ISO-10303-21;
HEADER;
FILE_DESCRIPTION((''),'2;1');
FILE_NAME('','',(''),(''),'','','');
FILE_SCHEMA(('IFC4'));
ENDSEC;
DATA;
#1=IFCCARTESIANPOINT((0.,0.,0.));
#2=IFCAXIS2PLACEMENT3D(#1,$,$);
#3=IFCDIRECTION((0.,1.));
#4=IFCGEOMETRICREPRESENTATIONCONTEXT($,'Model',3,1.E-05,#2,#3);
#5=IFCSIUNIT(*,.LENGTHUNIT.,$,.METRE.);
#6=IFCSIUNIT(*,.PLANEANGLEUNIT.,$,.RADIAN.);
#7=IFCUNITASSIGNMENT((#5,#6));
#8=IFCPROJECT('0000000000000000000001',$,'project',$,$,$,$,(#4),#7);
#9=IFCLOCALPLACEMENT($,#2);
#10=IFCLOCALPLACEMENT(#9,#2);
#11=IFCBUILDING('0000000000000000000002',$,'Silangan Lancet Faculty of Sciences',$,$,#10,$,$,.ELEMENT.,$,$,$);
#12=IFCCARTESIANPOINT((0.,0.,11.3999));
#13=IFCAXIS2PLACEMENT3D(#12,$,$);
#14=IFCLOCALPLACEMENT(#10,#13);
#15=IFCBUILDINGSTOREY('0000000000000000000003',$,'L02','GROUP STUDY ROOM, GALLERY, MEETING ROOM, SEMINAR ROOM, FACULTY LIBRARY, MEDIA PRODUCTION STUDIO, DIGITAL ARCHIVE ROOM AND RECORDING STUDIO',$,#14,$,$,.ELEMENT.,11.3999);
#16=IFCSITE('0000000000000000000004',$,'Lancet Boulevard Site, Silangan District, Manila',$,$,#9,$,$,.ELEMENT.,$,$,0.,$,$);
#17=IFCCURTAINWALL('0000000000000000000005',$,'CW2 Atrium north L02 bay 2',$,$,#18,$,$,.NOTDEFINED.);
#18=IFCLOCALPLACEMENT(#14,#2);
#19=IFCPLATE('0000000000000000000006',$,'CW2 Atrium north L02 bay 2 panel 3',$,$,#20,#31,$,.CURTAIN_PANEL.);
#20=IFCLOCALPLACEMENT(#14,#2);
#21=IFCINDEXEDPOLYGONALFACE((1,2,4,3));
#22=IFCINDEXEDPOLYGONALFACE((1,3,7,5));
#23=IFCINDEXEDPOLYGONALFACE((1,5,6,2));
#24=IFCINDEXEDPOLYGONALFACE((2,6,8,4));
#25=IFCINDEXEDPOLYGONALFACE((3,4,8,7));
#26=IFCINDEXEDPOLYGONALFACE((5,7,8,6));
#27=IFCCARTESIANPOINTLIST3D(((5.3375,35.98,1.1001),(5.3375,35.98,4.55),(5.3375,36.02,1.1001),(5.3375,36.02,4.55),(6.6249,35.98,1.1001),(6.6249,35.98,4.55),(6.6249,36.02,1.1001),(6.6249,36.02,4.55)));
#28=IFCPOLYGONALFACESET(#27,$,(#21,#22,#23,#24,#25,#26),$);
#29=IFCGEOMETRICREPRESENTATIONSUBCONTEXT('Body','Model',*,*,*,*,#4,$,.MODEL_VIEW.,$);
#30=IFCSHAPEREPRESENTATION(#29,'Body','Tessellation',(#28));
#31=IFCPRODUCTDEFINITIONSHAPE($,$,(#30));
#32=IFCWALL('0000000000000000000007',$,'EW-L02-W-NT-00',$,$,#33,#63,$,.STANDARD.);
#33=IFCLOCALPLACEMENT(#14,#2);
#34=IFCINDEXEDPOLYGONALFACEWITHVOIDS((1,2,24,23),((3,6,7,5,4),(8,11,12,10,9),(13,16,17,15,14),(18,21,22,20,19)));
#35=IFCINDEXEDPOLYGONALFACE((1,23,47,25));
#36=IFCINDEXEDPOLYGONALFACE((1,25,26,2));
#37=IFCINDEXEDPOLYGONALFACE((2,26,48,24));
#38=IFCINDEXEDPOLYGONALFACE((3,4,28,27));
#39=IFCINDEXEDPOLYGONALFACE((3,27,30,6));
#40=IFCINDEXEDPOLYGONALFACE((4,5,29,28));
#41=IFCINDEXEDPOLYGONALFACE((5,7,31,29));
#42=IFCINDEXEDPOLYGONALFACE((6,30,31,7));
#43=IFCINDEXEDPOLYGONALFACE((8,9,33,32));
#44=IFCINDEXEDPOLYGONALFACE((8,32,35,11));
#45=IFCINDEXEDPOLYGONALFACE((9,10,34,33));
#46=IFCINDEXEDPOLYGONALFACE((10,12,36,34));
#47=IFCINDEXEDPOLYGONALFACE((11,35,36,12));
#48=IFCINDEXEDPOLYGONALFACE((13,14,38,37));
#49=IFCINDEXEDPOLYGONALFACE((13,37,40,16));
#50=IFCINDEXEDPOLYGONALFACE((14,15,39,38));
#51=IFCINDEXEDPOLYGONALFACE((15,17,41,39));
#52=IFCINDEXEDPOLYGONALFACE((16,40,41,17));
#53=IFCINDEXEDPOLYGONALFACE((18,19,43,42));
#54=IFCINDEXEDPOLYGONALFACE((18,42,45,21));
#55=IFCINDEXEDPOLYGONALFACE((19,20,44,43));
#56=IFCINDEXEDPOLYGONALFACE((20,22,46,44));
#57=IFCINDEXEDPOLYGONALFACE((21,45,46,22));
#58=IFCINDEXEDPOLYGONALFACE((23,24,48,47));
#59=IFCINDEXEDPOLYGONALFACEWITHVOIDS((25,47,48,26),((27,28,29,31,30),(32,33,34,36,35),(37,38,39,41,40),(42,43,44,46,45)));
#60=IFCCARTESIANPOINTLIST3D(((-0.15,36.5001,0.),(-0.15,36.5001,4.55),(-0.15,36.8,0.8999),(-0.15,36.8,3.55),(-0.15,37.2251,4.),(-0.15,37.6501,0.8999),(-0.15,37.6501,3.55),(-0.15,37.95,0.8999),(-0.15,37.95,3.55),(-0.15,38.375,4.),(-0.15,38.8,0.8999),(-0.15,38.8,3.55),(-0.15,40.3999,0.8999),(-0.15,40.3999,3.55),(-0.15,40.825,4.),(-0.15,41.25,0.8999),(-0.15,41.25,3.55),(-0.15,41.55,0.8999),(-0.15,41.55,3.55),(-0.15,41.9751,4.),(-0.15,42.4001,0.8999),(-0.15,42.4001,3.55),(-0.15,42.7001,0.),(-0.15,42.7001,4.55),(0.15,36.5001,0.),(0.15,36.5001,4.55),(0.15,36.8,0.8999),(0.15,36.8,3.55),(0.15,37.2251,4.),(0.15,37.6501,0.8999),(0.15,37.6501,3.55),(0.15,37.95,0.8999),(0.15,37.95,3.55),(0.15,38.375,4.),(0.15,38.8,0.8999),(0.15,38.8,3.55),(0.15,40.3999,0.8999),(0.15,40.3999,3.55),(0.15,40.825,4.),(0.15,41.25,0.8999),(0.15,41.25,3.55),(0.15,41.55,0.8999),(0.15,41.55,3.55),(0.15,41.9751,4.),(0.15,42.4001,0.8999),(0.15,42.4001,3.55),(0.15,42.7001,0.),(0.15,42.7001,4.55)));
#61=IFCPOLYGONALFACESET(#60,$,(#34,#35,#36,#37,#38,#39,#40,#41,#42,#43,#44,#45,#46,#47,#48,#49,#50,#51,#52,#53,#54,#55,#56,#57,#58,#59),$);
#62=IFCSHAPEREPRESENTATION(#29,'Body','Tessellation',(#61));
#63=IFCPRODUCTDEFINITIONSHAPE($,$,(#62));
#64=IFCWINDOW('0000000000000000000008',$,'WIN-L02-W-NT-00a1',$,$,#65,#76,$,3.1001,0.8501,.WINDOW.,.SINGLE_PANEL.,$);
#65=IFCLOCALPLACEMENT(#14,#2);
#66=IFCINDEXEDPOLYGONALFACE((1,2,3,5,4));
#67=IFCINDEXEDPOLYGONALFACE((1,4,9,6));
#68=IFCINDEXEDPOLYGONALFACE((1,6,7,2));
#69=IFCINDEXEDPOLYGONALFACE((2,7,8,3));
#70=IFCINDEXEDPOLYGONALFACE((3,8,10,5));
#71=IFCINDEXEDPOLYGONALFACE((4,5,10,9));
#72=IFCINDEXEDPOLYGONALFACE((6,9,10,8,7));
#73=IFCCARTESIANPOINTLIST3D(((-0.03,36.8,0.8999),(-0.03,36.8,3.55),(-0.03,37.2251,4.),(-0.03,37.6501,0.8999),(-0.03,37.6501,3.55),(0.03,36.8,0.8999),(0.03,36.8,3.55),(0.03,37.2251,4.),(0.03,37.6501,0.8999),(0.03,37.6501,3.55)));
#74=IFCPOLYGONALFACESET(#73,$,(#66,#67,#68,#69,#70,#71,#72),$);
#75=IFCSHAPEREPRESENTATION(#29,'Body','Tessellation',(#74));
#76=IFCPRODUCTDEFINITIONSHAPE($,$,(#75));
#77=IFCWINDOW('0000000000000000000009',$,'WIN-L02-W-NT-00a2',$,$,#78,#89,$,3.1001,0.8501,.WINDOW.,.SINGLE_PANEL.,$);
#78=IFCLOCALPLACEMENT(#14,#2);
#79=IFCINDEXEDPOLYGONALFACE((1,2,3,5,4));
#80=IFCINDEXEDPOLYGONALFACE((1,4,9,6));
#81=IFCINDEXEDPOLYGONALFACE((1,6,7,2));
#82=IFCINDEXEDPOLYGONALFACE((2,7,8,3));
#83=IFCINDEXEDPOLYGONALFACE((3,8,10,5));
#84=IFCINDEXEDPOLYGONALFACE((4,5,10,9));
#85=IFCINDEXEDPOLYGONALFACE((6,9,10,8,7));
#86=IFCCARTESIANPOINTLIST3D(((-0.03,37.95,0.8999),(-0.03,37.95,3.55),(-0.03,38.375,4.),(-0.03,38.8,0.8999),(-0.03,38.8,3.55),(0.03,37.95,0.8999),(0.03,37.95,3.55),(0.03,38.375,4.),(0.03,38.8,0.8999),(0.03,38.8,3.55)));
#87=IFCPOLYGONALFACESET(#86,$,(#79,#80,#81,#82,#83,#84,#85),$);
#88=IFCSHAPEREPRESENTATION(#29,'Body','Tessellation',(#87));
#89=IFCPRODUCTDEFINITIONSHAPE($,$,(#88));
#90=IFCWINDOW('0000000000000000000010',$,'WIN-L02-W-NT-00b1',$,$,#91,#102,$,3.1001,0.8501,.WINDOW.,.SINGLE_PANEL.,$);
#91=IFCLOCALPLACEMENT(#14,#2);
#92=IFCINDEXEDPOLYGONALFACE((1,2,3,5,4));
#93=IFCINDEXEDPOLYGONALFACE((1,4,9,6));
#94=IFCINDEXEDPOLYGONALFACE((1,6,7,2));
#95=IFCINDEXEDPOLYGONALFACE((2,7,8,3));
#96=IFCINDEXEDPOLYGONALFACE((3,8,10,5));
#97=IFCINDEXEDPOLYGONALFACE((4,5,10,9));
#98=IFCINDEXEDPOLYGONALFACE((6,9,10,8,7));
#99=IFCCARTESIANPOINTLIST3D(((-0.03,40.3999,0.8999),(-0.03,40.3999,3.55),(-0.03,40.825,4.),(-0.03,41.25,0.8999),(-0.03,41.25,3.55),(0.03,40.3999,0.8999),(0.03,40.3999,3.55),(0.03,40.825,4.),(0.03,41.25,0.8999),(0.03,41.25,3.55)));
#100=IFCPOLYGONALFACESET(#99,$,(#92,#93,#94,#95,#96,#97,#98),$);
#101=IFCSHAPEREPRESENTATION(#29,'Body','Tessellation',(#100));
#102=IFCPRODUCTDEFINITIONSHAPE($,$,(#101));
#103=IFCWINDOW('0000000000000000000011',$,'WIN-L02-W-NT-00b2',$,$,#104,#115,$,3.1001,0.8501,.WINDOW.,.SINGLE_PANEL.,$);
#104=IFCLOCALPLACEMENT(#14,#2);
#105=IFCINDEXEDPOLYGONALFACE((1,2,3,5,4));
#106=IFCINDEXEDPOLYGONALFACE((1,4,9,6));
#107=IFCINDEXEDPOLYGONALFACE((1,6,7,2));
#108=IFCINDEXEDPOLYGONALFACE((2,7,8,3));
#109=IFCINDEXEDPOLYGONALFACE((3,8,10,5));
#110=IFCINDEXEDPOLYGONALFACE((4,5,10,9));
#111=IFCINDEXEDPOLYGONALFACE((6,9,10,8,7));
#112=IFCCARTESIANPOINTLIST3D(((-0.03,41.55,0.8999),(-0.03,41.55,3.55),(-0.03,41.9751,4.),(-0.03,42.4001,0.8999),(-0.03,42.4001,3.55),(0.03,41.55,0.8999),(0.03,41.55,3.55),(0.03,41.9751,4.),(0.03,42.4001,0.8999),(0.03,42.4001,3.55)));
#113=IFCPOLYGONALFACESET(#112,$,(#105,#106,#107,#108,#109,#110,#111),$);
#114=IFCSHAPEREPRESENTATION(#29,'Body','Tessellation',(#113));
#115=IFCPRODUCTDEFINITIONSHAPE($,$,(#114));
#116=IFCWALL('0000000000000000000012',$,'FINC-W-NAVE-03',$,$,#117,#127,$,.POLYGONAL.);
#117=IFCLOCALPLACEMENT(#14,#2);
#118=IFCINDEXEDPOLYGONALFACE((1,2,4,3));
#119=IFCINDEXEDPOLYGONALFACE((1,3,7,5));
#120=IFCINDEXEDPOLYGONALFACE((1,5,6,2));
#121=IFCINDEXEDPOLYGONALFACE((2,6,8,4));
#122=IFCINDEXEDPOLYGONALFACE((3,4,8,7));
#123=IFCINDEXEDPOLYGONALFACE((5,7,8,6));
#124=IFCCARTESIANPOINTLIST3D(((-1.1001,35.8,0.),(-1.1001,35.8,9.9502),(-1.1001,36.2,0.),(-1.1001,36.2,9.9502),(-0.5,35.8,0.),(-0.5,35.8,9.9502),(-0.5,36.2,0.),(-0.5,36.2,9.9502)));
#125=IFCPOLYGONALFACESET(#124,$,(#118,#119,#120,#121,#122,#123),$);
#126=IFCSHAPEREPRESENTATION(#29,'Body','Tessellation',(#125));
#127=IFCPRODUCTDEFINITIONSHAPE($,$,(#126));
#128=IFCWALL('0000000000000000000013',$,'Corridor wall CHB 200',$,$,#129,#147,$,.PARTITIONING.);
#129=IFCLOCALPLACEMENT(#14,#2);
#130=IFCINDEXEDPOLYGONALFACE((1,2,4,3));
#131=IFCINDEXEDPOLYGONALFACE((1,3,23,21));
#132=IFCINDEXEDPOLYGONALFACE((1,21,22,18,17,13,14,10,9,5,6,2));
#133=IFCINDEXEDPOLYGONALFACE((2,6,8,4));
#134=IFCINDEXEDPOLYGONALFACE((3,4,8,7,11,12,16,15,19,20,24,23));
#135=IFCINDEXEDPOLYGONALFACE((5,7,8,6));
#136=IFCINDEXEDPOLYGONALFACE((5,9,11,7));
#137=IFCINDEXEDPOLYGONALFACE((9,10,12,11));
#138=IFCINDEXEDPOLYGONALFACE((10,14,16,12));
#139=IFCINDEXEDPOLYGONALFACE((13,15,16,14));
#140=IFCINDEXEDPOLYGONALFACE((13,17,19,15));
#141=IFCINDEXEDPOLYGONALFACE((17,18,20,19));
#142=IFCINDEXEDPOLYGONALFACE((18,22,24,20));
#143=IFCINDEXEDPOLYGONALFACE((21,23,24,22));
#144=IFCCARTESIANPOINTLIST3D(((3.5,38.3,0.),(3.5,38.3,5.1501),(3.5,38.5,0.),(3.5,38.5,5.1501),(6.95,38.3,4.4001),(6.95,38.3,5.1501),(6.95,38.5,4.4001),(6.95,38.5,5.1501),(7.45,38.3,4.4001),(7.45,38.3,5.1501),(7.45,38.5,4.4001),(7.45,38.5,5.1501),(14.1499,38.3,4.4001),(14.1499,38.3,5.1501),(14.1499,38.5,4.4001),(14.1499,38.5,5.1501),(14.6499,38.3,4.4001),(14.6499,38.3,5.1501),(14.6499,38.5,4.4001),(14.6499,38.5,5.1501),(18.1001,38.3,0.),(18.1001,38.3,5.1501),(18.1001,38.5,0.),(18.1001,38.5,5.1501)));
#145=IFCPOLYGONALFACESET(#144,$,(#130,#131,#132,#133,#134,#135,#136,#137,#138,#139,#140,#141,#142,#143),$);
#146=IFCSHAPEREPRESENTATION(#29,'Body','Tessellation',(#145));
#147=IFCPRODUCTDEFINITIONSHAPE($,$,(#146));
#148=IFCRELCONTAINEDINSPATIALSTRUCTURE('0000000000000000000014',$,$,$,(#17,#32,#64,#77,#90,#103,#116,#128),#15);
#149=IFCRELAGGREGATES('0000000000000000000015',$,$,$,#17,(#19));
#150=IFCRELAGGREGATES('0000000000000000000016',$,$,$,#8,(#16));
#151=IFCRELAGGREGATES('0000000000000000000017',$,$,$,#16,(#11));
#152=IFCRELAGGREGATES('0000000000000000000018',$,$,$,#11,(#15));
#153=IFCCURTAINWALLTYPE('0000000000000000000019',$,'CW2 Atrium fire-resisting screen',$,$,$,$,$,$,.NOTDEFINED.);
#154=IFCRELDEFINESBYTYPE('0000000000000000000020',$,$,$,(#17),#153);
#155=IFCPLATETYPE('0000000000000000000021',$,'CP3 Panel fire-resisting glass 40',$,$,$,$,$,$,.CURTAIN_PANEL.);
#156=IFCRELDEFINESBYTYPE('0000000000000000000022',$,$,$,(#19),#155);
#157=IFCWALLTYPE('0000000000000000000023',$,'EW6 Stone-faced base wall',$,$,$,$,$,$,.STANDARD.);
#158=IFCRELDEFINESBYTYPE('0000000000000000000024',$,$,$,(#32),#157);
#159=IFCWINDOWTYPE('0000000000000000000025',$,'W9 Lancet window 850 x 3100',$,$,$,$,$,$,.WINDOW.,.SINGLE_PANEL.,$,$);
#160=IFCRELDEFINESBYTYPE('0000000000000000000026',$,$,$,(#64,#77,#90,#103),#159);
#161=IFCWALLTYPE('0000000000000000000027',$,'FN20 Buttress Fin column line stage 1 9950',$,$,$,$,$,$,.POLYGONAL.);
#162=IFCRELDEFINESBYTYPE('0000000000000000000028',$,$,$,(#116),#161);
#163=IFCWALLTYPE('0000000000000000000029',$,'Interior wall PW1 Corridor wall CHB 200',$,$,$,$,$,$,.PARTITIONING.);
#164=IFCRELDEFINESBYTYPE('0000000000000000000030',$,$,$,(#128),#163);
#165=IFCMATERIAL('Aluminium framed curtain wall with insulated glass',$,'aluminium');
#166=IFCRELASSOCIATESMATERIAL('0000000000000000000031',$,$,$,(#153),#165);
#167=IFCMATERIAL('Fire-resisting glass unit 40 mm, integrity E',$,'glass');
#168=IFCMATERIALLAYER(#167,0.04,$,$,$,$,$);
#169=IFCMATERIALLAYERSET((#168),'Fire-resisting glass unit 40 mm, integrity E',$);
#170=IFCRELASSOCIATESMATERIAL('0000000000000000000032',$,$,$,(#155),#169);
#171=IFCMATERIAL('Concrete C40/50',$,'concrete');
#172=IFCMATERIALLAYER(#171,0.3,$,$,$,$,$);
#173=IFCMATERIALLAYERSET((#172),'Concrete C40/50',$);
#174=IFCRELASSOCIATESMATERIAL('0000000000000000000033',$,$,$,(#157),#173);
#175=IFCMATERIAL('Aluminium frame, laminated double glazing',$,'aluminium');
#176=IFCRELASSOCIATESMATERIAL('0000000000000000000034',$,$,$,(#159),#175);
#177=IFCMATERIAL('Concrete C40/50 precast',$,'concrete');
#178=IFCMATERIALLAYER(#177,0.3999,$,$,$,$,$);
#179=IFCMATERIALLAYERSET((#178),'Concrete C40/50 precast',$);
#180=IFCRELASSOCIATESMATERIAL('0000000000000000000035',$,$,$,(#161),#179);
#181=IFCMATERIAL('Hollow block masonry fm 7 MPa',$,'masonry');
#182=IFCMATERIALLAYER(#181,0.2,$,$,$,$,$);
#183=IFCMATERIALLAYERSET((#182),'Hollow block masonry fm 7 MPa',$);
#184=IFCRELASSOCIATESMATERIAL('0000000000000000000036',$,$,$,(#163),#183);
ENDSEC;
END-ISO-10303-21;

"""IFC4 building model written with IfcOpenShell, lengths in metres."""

from ifc_helpers import new_model, si_unit, direction, frame, frame_2d, origin, origin_2d, place, context, subcontext, project, spatial, polyline, rectangle, outline, extrude, material, layer, layer_set, type_object, element, fill, aggregate, save


model = new_model("IFC4")

# Units and contexts
model_context = context("Model", 3, precision=1e-05, world=origin(), true_north=direction((0.0, 1.0)))
body_context = subcontext(model_context, "Body", "Model", "MODEL_VIEW")
ifc_project = project(units=[si_unit("LENGTHUNIT", "METRE"), si_unit("PLANEANGLEUNIT", "RADIAN")], contexts=[model_context])

# Site, building, storey
site_placement = place(None, origin())
site = spatial("IfcSite", under=ifc_project, at=site_placement, Name="Lancet Boulevard Site, Silangan District, Manila", CompositionType="ELEMENT", RefElevation=0.0)
building_placement = place(site_placement, origin())
building = spatial("IfcBuilding", under=site, at=building_placement, Name="Silangan Lancet Faculty of Sciences", CompositionType="ELEMENT")
storey_placement = place(building_placement, frame((0.0, 0.0, 11.3999)))
storey = spatial("IfcBuildingStorey", under=building, at=storey_placement, Name="L02", Description="GROUP STUDY ROOM, GALLERY, MEETING ROOM, SEMINAR ROOM, FACULTY LIBRARY, MEDIA PRODUCTION STUDIO, DIGITAL ARCHIVE ROOM AND RECORDING STUDIO", CompositionType="ELEMENT", Elevation=11.3999)

# Curtain wall
ifc_material_1 = material(Name="Aluminium framed curtain wall with insulated glass", Category="aluminium")
curtain_wall_type_1 = type_object("IfcCurtainWallType", Name="CW2 Atrium fire-resisting screen", PredefinedType="NOTDEFINED", material=ifc_material_1)
curtain_wall_1_placement = place(storey_placement, origin())
curtain_wall_1 = element("IfcCurtainWall", 1, at=curtain_wall_1_placement, inside=storey, type_object=curtain_wall_type_1, Name="CW2 Atrium north L02 bay 2", PredefinedType="NOTDEFINED")

# Plate
ifc_material_2 = material(Name="Fire-resisting glass unit 40 mm, integrity E", Category="glass")
ifc_layer_1 = layer(ifc_material_2, 0.04)
ifc_layer_set_1 = layer_set([ifc_layer_1], Name="Fire-resisting glass unit 40 mm, integrity E")
plate_type_1 = type_object("IfcPlateType", Name="CP3 Panel fire-resisting glass 40", PredefinedType="CURTAIN_PANEL", material=ifc_layer_set_1)
plate_1_placement = place(storey_placement, frame((5.9812, 36.0, 1.1001), z_axis=(0.0, 0.0, 1.0), x_axis=(1.0, 0.0, 0.0)))
plate_1 = element("IfcPlate", 2, at=plate_1_placement, type_object=plate_type_1, Name="CW2 Atrium north L02 bay 2 panel 3", PredefinedType="CURTAIN_PANEL", context=body_context, shape_type="SweptSolid", body=[
    extrude(rectangle(XDim=1.2874, YDim=0.04, at=origin_2d()), origin(), (0.0, 0.0, 1.0), 3.45),
])
aggregate(curtain_wall_1, [plate_1])

# Wall, openings, windows
ifc_material_3 = material(Name="Concrete C40/50", Category="concrete")
ifc_layer_2 = layer(ifc_material_3, 0.3)
ifc_layer_set_2 = layer_set([ifc_layer_2], Name="Concrete C40/50")
wall_type_1 = type_object("IfcWallType", Name="EW6 Stone-faced base wall", PredefinedType="STANDARD", material=ifc_layer_set_2)
wall_1_placement = place(storey_placement, frame((0.0, 36.5, 0.0), z_axis=(0.0, 0.0, 1.0), x_axis=(0.0, 1.0, 0.0)))
wall_1 = element("IfcWall", 3, at=wall_1_placement, inside=storey, type_object=wall_type_1, Name="EW-L02-W-NT-00", PredefinedType="STANDARD", context=body_context, shape_type="SweptSolid", body=[
    extrude(rectangle(XDim=6.2, YDim=0.3, at=frame_2d((3.1001, 0.0))), origin(), (0.0, 0.0, 1.0), 4.55),
])
opening_1_placement = place(wall_1_placement, frame((0.3, 0.0, 0.8999)))
opening_1 = element("IfcOpeningElement", 4, at=opening_1_placement, cuts=wall_1, PredefinedType="OPENING", context=body_context, shape_type="SweptSolid", body=[
    extrude(outline(polyline([(0.0, 0.0), (0.8501, 0.0), (0.8501, 2.6501), (0.425, 3.1001), (0.0, 2.6501), (0.0, 0.0)])), frame((0.0, 0.1599, 0.0), z_axis=(0.0, -1.0, 0.0), x_axis=(1.0, 0.0, 0.0)), (0.0, 0.0, 1.0), 0.3201),
])
opening_2_placement = place(wall_1_placement, frame((1.45, 0.0, 0.8999)))
opening_2 = element("IfcOpeningElement", 5, at=opening_2_placement, cuts=wall_1, PredefinedType="OPENING", context=body_context, shape_type="SweptSolid", body=[
    extrude(outline(polyline([(0.0, 0.0), (0.8501, 0.0), (0.8501, 2.6501), (0.425, 3.1001), (0.0, 2.6501), (0.0, 0.0)])), frame((0.0, 0.1599, 0.0), z_axis=(0.0, -1.0, 0.0), x_axis=(1.0, 0.0, 0.0)), (0.0, 0.0, 1.0), 0.3201),
])
opening_3_placement = place(wall_1_placement, frame((3.8999, 0.0, 0.8999)))
opening_3 = element("IfcOpeningElement", 6, at=opening_3_placement, cuts=wall_1, PredefinedType="OPENING", context=body_context, shape_type="SweptSolid", body=[
    extrude(outline(polyline([(0.0, 0.0), (0.8501, 0.0), (0.8501, 2.6501), (0.425, 3.1001), (0.0, 2.6501), (0.0, 0.0)])), frame((0.0, 0.1599, 0.0), z_axis=(0.0, -1.0, 0.0), x_axis=(1.0, 0.0, 0.0)), (0.0, 0.0, 1.0), 0.3201),
])
opening_4_placement = place(wall_1_placement, frame((5.05, 0.0, 0.8999)))
opening_4 = element("IfcOpeningElement", 7, at=opening_4_placement, cuts=wall_1, PredefinedType="OPENING", context=body_context, shape_type="SweptSolid", body=[
    extrude(outline(polyline([(0.0, 0.0), (0.8501, 0.0), (0.8501, 2.6501), (0.425, 3.1001), (0.0, 2.6501), (0.0, 0.0)])), frame((0.0, 0.1599, 0.0), z_axis=(0.0, -1.0, 0.0), x_axis=(1.0, 0.0, 0.0)), (0.0, 0.0, 1.0), 0.3201),
])
ifc_material_4 = material(Name="Aluminium frame, laminated double glazing", Category="aluminium")
window_type = type_object("IfcWindowType", Name="W9 Lancet window 850 x 3100", PartitioningType="SINGLE_PANEL", PredefinedType="WINDOW", material=ifc_material_4)
window_1_placement = place(opening_1_placement, origin())
window_1 = element("IfcWindow", 8, at=window_1_placement, inside=storey, type_object=window_type, Name="WIN-L02-W-NT-00a1", OverallHeight=3.1001, OverallWidth=0.8501, PartitioningType="SINGLE_PANEL", PredefinedType="WINDOW", context=body_context, shape_type="SweptSolid", body=[
    extrude(outline(polyline([(0.0, 0.0), (0.8501, 0.0), (0.8501, 2.6501), (0.425, 3.1001), (0.0, 2.6501), (0.0, 0.0)])), frame((0.0, 0.03, 0.0), z_axis=(0.0, -1.0, 0.0), x_axis=(1.0, 0.0, 0.0)), (0.0, 0.0, 1.0), 0.0601),
])
fill(opening_1, window_1)
window_2_placement = place(opening_2_placement, origin())
window_2 = element("IfcWindow", 9, at=window_2_placement, inside=storey, type_object=window_type, Name="WIN-L02-W-NT-00a2", OverallHeight=3.1001, OverallWidth=0.8501, PartitioningType="SINGLE_PANEL", PredefinedType="WINDOW", context=body_context, shape_type="SweptSolid", body=[
    extrude(outline(polyline([(0.0, 0.0), (0.8501, 0.0), (0.8501, 2.6501), (0.425, 3.1001), (0.0, 2.6501), (0.0, 0.0)])), frame((0.0, 0.03, 0.0), z_axis=(0.0, -1.0, 0.0), x_axis=(1.0, 0.0, 0.0)), (0.0, 0.0, 1.0), 0.0601),
])
fill(opening_2, window_2)
window_3_placement = place(opening_3_placement, origin())
window_3 = element("IfcWindow", 10, at=window_3_placement, inside=storey, type_object=window_type, Name="WIN-L02-W-NT-00b1", OverallHeight=3.1001, OverallWidth=0.8501, PartitioningType="SINGLE_PANEL", PredefinedType="WINDOW", context=body_context, shape_type="SweptSolid", body=[
    extrude(outline(polyline([(0.0, 0.0), (0.8501, 0.0), (0.8501, 2.6501), (0.425, 3.1001), (0.0, 2.6501), (0.0, 0.0)])), frame((0.0, 0.03, 0.0), z_axis=(0.0, -1.0, 0.0), x_axis=(1.0, 0.0, 0.0)), (0.0, 0.0, 1.0), 0.0601),
])
fill(opening_3, window_3)
window_4_placement = place(opening_4_placement, origin())
window_4 = element("IfcWindow", 11, at=window_4_placement, inside=storey, type_object=window_type, Name="WIN-L02-W-NT-00b2", OverallHeight=3.1001, OverallWidth=0.8501, PartitioningType="SINGLE_PANEL", PredefinedType="WINDOW", context=body_context, shape_type="SweptSolid", body=[
    extrude(outline(polyline([(0.0, 0.0), (0.8501, 0.0), (0.8501, 2.6501), (0.425, 3.1001), (0.0, 2.6501), (0.0, 0.0)])), frame((0.0, 0.03, 0.0), z_axis=(0.0, -1.0, 0.0), x_axis=(1.0, 0.0, 0.0)), (0.0, 0.0, 1.0), 0.0601),
])
fill(opening_4, window_4)

# Walls
ifc_material_5 = material(Name="Concrete C40/50 precast", Category="concrete")
ifc_layer_3 = layer(ifc_material_5, 0.3999)
ifc_layer_set_3 = layer_set([ifc_layer_3], Name="Concrete C40/50 precast")
wall_type_2 = type_object("IfcWallType", Name="FN20 Buttress Fin column line stage 1 9950", PredefinedType="POLYGONAL", material=ifc_layer_set_3)
wall_2_placement = place(storey_placement, frame((-0.5, 36.0, 0.0), z_axis=(0.0, 0.0, 1.0), x_axis=(-1.0, 0.0, 0.0)))
element("IfcWall", 12, at=wall_2_placement, inside=storey, type_object=wall_type_2, Name="FINC-W-NAVE-03", PredefinedType="POLYGONAL", context=body_context, shape_type="SweptSolid", body=[
    extrude(outline(polyline([(0.6001, 0.0), (0.6001, 9.9502), (0.0, 9.9502), (0.0, 0.0), (0.6001, 0.0)])), frame((0.0, 0.2, 0.0), z_axis=(0.0, -1.0, 0.0), x_axis=(1.0, 0.0, 0.0)), (0.0, 0.0, 1.0), 0.3999),
])
ifc_material_6 = material(Name="Hollow block masonry fm 7 MPa", Category="masonry")
ifc_layer_4 = layer(ifc_material_6, 0.2)
ifc_layer_set_4 = layer_set([ifc_layer_4], Name="Hollow block masonry fm 7 MPa")
wall_type_3 = type_object("IfcWallType", Name="Interior wall PW1 Corridor wall CHB 200", PredefinedType="PARTITIONING", material=ifc_layer_set_4)
wall_3_placement = place(storey_placement, frame((3.5, 38.3999, 0.0), z_axis=(0.0, 0.0, 1.0), x_axis=(1.0, 0.0, 0.0)))
element("IfcWall", 13, at=wall_3_placement, inside=storey, type_object=wall_type_3, Name="Corridor wall CHB 200", PredefinedType="PARTITIONING", context=body_context, shape_type="SweptSolid", body=[
    extrude(outline(polyline([(0.0, 0.0), (14.6001, 0.0), (14.6001, 5.1501), (11.1499, 5.1501), (11.1499, 4.4001), (10.6499, 4.4001), (10.6499, 5.1501), (3.95, 5.1501), (3.95, 4.4001), (3.45, 4.4001), (3.45, 5.1501), (0.0, 5.1501), (0.0, 0.0)])), frame((0.0, 0.1001, 0.0), z_axis=(0.0, -1.0, 0.0), x_axis=(1.0, 0.0, 0.0)), (0.0, 0.0, 1.0), 0.2),
])

save(model, "model.ifc")
